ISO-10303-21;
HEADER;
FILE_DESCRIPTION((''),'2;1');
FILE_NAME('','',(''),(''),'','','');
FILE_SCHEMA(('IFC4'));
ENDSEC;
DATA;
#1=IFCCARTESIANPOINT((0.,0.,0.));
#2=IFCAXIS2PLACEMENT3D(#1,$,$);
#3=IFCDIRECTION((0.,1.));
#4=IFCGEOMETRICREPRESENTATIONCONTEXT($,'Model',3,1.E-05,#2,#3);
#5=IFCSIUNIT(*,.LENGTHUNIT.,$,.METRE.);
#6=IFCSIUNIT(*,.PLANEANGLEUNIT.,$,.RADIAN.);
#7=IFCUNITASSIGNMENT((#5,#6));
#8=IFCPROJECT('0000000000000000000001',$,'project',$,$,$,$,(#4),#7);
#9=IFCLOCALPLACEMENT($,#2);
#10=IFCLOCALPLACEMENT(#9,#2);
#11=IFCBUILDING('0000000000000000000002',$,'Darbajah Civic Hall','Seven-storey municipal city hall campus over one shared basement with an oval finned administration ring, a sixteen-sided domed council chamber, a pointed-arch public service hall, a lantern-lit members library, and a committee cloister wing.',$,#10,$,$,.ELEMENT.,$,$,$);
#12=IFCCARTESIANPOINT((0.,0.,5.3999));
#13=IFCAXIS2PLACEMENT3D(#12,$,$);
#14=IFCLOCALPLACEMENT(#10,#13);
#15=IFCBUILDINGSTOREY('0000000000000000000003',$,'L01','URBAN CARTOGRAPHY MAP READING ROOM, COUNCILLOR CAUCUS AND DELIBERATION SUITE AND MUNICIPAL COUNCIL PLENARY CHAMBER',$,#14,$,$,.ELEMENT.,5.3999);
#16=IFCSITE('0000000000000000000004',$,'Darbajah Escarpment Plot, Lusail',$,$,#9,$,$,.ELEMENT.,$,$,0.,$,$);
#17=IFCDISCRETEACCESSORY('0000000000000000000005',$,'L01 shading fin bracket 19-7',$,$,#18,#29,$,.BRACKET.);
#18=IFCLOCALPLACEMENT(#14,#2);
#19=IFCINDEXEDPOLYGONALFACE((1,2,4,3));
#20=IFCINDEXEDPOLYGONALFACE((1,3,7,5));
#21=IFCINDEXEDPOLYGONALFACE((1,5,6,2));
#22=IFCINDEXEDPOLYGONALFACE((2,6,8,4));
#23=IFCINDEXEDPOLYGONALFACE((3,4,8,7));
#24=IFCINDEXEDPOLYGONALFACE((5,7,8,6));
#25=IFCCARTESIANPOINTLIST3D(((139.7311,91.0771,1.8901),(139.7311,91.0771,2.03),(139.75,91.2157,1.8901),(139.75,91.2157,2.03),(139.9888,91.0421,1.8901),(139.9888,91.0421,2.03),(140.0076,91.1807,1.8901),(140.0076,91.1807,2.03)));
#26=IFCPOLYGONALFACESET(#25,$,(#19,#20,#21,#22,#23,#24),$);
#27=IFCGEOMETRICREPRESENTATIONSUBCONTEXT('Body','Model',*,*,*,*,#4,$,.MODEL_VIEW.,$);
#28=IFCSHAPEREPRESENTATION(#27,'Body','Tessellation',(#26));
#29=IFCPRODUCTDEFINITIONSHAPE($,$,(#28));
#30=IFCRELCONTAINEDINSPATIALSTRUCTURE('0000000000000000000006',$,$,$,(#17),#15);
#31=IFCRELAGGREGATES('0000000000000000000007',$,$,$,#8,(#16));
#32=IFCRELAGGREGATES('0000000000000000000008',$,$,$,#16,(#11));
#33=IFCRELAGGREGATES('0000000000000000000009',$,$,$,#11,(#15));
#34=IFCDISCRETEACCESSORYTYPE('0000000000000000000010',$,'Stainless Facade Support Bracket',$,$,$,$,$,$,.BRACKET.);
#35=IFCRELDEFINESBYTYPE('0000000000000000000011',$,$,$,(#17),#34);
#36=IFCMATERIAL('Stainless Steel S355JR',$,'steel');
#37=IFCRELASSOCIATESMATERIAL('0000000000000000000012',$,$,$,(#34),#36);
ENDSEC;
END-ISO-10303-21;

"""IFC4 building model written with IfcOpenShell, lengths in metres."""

from ifc_helpers import new_model, si_unit, direction, frame, origin, origin_2d, place, context, subcontext, project, spatial, rectangle, extrude, material, type_object, element, save


model = new_model("IFC4")

# Units and contexts
model_context = context("Model", 3, precision=1e-05, world=origin(), true_north=direction((0.0, 1.0)))
body_context = subcontext(model_context, "Body", "Model", "MODEL_VIEW")
ifc_project = project(units=[si_unit("LENGTHUNIT", "METRE"), si_unit("PLANEANGLEUNIT", "RADIAN")], contexts=[model_context])

# Site, building, storey
site_placement = place(None, origin())
site = spatial("IfcSite", under=ifc_project, at=site_placement, Name="Darbajah Escarpment Plot, Lusail", CompositionType="ELEMENT", RefElevation=0.0)
building_placement = place(site_placement, origin())
building = spatial("IfcBuilding", under=site, at=building_placement, Name="Darbajah Civic Hall", Description="Seven-storey municipal city hall campus over one shared basement with an oval finned administration ring, a sixteen-sided domed council chamber, a pointed-arch public service hall, a lantern-lit members library, and a committee cloister wing.", CompositionType="ELEMENT")
storey_placement = place(building_placement, frame((0.0, 0.0, 5.3999)))
storey = spatial("IfcBuildingStorey", under=building, at=storey_placement, Name="L01", Description="URBAN CARTOGRAPHY MAP READING ROOM, COUNCILLOR CAUCUS AND DELIBERATION SUITE AND MUNICIPAL COUNCIL PLENARY CHAMBER", CompositionType="ELEMENT", Elevation=5.3999)

# Discrete accessory
ifc_material_1 = material(Name="Stainless Steel S355JR", Category="steel")
discrete_accessory_type = type_object("IfcDiscreteAccessoryType", Name="Stainless Facade Support Bracket", PredefinedType="BRACKET", material=ifc_material_1)
for number, where, z_axis, x_axis, name in (
    (1, (139.8694, 91.1289, 1.8901), (0.0, 0.0, 1.0), (0.990866, -0.134851, 0.0), "L01 shading fin bracket 19-7"),
):
    element("IfcDiscreteAccessory", number, at=place(storey_placement, frame(where, z_axis=z_axis, x_axis=x_axis)), inside=storey, type_object=discrete_accessory_type, Name=name, PredefinedType="BRACKET", context=body_context, shape_type="SweptSolid", body=[
        extrude(rectangle(XDim=0.26, YDim=0.1399, at=origin_2d()), origin(), (0.0, 0.0, 1.0), 0.1399),
    ])

save(model, "model.ifc")
